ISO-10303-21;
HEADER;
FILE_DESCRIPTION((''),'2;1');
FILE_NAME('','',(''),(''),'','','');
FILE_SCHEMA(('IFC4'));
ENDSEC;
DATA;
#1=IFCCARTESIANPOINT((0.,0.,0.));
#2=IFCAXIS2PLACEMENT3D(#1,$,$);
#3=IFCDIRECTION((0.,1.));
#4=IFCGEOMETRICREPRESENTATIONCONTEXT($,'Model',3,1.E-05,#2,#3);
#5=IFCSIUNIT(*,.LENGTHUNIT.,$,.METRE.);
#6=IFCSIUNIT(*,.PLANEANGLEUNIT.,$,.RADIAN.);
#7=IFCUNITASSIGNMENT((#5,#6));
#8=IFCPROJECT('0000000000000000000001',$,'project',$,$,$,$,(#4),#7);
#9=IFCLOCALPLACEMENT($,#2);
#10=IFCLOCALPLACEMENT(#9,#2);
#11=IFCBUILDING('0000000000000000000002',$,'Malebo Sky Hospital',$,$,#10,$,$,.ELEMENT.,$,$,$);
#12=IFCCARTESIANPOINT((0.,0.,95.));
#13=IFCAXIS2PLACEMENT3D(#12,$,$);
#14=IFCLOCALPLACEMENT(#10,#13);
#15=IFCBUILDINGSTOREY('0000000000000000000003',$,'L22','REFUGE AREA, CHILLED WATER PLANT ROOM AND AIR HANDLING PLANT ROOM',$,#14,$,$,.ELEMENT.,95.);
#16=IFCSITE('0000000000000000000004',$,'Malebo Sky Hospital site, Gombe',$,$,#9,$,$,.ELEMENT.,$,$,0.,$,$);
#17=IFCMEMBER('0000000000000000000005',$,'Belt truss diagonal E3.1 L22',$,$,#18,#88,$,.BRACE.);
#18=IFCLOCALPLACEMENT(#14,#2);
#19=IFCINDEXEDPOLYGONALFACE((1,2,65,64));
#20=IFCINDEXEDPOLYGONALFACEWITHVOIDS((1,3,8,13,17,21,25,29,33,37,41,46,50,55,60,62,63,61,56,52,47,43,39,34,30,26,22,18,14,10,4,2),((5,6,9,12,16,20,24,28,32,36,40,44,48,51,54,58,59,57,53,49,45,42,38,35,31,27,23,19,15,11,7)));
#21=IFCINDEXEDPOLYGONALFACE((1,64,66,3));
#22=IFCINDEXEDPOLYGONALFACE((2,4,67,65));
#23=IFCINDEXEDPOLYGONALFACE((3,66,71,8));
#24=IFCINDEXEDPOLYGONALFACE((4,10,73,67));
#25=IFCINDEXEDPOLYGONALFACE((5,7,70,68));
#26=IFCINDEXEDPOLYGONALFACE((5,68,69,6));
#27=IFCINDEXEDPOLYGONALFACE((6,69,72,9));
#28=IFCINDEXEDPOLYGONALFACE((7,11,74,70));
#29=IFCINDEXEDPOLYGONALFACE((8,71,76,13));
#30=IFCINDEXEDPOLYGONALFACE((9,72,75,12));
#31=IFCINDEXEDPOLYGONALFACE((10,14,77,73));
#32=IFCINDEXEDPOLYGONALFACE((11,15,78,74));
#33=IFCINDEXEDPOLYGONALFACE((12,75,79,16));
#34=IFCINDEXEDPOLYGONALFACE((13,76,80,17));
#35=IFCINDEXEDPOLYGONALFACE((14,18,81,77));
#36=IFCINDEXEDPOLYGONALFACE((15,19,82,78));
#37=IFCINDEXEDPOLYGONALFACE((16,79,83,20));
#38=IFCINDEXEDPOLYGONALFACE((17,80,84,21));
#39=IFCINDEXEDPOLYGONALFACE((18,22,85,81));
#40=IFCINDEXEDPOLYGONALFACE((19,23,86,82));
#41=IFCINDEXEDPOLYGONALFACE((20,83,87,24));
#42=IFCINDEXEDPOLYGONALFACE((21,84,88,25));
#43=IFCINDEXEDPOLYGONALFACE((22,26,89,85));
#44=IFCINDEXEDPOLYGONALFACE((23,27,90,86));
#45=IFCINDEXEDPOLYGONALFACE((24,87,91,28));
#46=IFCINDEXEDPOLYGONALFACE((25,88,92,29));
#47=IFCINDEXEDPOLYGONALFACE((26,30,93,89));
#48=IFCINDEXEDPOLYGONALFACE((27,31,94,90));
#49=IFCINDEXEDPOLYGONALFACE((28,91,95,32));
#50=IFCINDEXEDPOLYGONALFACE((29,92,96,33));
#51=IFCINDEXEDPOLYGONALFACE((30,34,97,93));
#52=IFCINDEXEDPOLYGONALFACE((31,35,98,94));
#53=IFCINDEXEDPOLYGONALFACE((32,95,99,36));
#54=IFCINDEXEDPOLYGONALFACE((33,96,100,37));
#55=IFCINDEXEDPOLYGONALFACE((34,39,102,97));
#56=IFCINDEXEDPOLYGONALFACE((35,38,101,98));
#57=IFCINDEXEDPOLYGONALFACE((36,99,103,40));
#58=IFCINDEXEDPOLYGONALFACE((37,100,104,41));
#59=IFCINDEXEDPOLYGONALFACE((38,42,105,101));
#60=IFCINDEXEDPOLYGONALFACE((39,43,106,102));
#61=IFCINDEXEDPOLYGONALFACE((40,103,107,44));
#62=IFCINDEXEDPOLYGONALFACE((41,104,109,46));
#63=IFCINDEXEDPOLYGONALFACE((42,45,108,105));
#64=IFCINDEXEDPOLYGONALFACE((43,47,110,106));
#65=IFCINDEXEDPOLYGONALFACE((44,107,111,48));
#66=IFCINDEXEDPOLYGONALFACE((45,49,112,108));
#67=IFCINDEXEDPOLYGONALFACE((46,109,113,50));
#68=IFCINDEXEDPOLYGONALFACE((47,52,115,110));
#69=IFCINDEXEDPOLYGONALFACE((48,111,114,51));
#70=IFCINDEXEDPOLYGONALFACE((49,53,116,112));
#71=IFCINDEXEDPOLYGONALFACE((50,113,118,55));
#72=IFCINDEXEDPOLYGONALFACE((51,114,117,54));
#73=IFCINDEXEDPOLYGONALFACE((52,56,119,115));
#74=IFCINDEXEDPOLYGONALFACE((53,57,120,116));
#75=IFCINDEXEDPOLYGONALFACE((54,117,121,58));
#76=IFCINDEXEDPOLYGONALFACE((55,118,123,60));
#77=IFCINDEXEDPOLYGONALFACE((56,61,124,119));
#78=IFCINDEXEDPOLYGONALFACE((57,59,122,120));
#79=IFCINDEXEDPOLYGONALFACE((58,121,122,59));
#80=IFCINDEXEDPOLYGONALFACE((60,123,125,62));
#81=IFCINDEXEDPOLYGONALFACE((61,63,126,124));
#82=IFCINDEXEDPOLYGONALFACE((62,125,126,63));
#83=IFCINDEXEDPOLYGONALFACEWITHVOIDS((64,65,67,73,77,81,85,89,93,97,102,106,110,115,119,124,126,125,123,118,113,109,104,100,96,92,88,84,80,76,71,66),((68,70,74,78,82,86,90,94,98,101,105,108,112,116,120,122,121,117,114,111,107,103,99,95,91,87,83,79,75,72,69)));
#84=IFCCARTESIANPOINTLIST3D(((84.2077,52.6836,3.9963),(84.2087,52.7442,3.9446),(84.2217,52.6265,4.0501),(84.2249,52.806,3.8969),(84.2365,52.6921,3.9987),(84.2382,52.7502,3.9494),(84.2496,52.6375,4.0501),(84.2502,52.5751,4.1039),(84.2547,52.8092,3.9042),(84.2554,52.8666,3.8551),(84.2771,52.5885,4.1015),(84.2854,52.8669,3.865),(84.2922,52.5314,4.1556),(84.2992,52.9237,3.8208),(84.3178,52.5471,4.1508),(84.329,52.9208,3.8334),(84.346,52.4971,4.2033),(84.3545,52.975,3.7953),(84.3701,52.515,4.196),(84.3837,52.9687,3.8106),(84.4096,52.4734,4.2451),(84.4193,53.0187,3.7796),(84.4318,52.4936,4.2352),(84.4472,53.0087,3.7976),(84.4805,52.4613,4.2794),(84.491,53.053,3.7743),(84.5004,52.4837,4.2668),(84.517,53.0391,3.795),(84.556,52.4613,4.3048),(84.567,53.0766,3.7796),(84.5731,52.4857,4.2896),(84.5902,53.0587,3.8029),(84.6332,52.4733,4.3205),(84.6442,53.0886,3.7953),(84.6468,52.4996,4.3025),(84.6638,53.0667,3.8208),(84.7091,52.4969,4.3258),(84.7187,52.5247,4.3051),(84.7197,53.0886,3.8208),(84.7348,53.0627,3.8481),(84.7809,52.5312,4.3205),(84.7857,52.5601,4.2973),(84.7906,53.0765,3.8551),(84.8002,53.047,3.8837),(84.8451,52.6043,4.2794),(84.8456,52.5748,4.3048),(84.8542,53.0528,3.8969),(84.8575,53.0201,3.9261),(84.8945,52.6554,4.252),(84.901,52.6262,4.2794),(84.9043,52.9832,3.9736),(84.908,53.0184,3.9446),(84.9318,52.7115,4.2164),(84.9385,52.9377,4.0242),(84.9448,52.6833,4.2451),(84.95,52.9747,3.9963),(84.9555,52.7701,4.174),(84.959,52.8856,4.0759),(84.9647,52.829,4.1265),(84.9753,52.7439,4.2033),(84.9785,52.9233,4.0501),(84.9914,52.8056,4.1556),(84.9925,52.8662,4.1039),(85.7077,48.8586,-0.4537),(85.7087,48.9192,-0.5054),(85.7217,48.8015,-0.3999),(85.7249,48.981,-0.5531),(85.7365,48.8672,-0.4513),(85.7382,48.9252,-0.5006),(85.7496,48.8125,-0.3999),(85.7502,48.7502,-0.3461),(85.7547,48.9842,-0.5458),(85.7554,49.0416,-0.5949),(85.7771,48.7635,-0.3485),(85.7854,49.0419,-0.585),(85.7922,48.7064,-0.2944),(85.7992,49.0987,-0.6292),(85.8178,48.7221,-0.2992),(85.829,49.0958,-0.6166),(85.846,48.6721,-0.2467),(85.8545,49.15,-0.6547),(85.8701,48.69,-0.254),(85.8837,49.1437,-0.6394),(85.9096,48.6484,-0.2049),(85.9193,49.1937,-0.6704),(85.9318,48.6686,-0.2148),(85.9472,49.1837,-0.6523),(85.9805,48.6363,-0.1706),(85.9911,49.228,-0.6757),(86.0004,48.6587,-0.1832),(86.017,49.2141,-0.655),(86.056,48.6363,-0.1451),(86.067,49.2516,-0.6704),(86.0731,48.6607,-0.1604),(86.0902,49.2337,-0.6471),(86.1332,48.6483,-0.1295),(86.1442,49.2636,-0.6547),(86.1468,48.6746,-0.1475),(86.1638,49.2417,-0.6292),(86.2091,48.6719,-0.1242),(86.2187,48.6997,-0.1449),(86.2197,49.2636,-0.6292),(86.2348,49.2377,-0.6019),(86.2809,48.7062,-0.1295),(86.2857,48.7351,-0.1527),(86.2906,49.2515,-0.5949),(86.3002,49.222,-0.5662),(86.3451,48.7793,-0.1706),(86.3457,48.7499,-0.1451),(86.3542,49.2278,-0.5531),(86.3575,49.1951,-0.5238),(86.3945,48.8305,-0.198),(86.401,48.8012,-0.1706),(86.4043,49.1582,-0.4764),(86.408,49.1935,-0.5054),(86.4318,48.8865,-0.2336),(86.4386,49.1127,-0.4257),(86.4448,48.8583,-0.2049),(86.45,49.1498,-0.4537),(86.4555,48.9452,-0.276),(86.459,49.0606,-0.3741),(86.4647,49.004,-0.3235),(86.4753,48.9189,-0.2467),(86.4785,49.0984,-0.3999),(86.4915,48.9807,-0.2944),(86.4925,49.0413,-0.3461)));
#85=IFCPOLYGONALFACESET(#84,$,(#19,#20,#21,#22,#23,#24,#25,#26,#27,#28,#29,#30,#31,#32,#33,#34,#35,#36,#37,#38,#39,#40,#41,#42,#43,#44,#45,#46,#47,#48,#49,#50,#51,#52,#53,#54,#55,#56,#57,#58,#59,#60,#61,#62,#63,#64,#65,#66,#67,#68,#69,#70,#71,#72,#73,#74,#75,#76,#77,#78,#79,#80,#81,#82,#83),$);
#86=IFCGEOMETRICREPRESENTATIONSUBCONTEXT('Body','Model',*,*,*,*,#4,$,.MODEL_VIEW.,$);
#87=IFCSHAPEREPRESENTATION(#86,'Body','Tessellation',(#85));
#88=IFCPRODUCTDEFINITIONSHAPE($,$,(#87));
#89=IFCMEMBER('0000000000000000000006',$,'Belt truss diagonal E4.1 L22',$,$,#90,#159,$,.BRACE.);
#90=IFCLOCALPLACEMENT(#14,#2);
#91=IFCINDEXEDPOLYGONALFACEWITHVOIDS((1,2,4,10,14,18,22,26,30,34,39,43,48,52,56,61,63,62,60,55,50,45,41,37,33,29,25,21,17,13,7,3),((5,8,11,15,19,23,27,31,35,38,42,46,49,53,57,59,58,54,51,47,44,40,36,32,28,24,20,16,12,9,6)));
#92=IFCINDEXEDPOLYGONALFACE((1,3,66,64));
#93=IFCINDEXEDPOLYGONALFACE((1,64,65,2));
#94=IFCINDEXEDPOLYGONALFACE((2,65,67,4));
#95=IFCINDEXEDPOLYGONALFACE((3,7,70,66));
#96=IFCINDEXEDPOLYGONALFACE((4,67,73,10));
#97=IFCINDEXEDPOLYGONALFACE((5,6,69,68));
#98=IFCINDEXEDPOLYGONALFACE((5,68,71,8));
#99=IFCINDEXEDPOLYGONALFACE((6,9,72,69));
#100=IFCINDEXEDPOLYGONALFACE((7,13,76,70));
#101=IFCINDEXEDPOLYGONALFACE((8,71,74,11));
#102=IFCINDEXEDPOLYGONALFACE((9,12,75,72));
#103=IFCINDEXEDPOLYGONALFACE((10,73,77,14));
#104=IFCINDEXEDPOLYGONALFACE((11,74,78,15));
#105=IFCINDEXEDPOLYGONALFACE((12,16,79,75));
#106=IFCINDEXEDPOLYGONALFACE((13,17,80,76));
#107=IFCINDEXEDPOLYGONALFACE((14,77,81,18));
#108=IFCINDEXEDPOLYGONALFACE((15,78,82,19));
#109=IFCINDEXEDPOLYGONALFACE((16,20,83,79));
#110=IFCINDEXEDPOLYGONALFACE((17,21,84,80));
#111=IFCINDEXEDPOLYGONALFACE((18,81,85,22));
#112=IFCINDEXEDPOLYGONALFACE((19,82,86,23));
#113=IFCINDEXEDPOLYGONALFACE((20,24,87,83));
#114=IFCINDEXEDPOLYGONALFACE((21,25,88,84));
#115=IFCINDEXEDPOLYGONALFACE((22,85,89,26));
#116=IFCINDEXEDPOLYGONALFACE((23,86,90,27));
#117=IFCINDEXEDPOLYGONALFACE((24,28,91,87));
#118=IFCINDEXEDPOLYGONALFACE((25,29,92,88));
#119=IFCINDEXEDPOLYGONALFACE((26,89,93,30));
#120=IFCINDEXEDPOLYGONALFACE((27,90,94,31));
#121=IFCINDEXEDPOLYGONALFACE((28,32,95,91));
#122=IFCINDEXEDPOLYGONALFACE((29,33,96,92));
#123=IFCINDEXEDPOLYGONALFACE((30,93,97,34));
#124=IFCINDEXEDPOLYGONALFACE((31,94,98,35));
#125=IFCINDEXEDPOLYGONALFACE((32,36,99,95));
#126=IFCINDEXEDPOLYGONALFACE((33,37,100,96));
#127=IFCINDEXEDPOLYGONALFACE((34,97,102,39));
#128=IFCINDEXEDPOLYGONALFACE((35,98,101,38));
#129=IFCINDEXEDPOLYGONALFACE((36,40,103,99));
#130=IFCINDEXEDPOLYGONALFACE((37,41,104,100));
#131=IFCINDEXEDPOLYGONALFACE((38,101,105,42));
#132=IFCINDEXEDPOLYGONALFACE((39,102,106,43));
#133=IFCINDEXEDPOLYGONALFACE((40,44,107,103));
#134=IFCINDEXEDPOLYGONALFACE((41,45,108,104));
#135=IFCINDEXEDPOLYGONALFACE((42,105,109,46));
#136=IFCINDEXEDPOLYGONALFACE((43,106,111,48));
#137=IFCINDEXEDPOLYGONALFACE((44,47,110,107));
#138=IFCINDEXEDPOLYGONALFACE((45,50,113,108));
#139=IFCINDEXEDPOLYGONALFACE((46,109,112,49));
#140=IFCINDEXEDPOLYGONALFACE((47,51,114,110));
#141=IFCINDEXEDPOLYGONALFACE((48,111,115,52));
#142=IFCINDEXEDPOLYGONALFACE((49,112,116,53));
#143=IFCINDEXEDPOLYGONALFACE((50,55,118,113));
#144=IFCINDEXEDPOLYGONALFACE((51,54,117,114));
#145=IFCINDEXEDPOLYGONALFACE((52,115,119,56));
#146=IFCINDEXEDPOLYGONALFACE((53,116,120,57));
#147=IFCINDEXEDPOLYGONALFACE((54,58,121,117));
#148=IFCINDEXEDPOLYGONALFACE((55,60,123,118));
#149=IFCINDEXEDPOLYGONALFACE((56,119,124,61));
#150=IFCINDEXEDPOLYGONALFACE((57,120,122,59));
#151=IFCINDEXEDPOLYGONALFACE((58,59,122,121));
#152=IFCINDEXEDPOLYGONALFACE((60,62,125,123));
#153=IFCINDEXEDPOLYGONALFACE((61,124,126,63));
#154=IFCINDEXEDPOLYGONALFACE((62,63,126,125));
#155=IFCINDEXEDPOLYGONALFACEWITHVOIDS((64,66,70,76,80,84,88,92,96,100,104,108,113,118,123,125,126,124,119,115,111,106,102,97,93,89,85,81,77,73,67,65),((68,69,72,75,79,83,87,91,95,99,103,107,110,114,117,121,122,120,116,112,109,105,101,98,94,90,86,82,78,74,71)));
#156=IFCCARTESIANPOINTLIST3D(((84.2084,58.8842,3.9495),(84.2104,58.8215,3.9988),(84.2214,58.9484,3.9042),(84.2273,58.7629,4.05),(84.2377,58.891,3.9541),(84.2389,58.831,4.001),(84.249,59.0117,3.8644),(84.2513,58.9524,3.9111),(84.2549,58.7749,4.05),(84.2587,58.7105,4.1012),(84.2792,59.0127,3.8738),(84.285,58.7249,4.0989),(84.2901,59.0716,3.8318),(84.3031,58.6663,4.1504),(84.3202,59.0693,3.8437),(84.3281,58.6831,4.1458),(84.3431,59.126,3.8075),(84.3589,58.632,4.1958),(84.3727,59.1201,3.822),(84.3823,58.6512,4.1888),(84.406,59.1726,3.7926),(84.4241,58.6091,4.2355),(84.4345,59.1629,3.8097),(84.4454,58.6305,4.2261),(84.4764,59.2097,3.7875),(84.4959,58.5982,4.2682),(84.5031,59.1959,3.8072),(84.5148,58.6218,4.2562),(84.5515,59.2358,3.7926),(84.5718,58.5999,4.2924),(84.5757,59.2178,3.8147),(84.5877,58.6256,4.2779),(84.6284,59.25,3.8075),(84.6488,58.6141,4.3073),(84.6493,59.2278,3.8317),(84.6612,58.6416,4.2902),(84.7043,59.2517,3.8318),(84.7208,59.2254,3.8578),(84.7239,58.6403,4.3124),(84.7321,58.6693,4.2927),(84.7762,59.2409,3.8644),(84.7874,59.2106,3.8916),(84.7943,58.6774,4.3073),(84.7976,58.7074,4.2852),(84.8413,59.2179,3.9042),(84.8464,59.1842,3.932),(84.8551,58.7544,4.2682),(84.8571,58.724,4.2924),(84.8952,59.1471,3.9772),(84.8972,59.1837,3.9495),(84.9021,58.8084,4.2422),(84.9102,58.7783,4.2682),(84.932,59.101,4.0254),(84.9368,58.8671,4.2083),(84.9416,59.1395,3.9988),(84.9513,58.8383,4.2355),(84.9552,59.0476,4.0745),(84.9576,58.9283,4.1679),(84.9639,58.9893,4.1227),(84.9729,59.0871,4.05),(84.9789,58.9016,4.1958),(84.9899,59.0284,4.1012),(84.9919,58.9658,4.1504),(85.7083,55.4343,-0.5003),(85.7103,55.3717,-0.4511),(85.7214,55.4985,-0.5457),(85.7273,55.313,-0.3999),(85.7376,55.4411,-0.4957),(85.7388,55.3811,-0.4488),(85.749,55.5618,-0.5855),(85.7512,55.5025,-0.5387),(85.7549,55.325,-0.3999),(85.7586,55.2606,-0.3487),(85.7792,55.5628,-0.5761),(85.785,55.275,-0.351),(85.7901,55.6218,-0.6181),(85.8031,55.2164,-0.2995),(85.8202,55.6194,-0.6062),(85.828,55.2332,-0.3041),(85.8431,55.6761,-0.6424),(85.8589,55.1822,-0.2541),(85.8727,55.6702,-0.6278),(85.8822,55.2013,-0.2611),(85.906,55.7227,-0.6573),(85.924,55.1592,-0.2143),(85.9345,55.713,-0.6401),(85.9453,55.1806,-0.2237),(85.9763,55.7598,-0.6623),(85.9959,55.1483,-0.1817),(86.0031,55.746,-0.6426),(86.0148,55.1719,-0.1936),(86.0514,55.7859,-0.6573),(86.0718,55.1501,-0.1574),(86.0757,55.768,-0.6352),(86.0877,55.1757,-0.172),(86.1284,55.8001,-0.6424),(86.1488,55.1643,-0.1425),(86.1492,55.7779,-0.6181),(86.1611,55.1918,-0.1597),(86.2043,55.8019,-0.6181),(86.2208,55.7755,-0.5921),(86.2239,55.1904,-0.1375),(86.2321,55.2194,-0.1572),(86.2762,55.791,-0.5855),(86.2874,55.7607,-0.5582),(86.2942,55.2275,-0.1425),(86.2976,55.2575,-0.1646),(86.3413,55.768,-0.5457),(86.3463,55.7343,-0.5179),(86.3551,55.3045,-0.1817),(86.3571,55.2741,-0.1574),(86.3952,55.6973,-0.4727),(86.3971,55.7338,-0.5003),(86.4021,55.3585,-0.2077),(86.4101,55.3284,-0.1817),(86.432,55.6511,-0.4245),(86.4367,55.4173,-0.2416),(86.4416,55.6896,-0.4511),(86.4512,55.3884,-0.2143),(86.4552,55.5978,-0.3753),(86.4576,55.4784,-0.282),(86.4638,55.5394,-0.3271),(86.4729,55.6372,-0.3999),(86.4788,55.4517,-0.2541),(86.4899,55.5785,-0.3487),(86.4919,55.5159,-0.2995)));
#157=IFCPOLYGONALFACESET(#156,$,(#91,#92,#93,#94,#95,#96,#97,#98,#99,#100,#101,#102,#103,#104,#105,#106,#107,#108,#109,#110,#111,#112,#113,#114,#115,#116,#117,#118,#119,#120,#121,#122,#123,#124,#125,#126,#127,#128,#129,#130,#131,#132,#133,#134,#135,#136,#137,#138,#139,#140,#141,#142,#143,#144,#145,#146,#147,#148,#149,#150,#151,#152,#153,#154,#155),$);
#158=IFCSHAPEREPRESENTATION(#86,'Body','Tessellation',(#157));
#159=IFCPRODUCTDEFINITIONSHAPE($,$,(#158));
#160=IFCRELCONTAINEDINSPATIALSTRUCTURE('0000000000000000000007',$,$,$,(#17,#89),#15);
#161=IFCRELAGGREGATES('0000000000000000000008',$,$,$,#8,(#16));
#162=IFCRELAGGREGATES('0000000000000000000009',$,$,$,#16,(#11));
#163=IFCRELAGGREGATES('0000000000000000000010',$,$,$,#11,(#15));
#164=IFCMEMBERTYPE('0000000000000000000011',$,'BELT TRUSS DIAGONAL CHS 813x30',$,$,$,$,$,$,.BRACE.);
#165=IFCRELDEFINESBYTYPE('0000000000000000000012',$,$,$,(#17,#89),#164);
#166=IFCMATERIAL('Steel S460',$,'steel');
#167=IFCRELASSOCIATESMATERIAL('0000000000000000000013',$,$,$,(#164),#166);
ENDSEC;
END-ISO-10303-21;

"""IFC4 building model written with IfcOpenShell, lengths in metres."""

from ifc_helpers import new_model, si_unit, direction, frame, origin, origin_2d, place, context, subcontext, project, spatial, hollow_circle, extrude, material, material_profile, profile_set, type_object, element, save


model = new_model("IFC4")

# Units and contexts
model_context = context("Model", 3, precision=1e-05, world=origin(), true_north=direction((0.0, 1.0)))
body_context = subcontext(model_context, "Body", "Model", "MODEL_VIEW")
ifc_project = project(units=[si_unit("LENGTHUNIT", "METRE"), si_unit("PLANEANGLEUNIT", "RADIAN")], contexts=[model_context])

# Site, building, storey
site_placement = place(None, origin())
site = spatial("IfcSite", under=ifc_project, at=site_placement, Name="Malebo Sky Hospital site, Gombe", CompositionType="ELEMENT", RefElevation=0.0)
building_placement = place(site_placement, origin())
building = spatial("IfcBuilding", under=site, at=building_placement, Name="Malebo Sky Hospital", CompositionType="ELEMENT")
storey_placement = place(building_placement, frame((0.0, 0.0, 95.0)))
storey = spatial("IfcBuildingStorey", under=building, at=storey_placement, Name="L22", Description="REFUGE AREA, CHILLED WATER PLANT ROOM AND AIR HANDLING PLANT ROOM", CompositionType="ELEMENT", Elevation=95.0)

# Members
ifc_material_1 = material(Name="Steel S460", Category="steel")
ifc_material_profile_1 = material_profile(ifc_material_1, hollow_circle(Radius=0.4065, WallThickness=0.03, at=origin_2d()), Name="CHS 813x30")
ifc_profile_set_1 = profile_set([ifc_material_profile_1], Name="Steel S460")
member_type_1 = type_object("IfcMemberType", Name="BELT TRUSS DIAGONAL CHS 813x30", PredefinedType="BRACE", material=ifc_profile_set_1)
member_1_placement = place(storey_placement, frame((86.1001, 48.95, -0.3999), z_axis=(-0.247664, 0.631535, 0.734728), x_axis=(-0.930972, -0.365092, 0.0)))
element("IfcMember", 1, at=member_1_placement, inside=storey, type_object=member_type_1, Name="Belt truss diagonal E3.1 L22", PredefinedType="BRACE", context=body_context, shape_type="SweptSolid", body=[
    extrude(hollow_circle(Radius=0.4065, WallThickness=0.03, at=origin_2d()), origin(), (0.0, 0.0, 1.0), 6.0566),
])
member_2_placement = place(storey_placement, frame((86.1001, 55.4751, -0.3999), z_axis=(-0.257421, 0.59206, 0.763675), x_axis=(-0.917068, -0.398731, 0.0)))
element("IfcMember", 2, at=member_2_placement, inside=storey, type_object=member_type_1, Name="Belt truss diagonal E4.1 L22", PredefinedType="BRACE", context=body_context, shape_type="SweptSolid", body=[
    extrude(hollow_circle(Radius=0.4065, WallThickness=0.03, at=origin_2d()), origin(), (0.0, 0.0, 1.0), 5.8269),
])

save(model, "model.ifc")
